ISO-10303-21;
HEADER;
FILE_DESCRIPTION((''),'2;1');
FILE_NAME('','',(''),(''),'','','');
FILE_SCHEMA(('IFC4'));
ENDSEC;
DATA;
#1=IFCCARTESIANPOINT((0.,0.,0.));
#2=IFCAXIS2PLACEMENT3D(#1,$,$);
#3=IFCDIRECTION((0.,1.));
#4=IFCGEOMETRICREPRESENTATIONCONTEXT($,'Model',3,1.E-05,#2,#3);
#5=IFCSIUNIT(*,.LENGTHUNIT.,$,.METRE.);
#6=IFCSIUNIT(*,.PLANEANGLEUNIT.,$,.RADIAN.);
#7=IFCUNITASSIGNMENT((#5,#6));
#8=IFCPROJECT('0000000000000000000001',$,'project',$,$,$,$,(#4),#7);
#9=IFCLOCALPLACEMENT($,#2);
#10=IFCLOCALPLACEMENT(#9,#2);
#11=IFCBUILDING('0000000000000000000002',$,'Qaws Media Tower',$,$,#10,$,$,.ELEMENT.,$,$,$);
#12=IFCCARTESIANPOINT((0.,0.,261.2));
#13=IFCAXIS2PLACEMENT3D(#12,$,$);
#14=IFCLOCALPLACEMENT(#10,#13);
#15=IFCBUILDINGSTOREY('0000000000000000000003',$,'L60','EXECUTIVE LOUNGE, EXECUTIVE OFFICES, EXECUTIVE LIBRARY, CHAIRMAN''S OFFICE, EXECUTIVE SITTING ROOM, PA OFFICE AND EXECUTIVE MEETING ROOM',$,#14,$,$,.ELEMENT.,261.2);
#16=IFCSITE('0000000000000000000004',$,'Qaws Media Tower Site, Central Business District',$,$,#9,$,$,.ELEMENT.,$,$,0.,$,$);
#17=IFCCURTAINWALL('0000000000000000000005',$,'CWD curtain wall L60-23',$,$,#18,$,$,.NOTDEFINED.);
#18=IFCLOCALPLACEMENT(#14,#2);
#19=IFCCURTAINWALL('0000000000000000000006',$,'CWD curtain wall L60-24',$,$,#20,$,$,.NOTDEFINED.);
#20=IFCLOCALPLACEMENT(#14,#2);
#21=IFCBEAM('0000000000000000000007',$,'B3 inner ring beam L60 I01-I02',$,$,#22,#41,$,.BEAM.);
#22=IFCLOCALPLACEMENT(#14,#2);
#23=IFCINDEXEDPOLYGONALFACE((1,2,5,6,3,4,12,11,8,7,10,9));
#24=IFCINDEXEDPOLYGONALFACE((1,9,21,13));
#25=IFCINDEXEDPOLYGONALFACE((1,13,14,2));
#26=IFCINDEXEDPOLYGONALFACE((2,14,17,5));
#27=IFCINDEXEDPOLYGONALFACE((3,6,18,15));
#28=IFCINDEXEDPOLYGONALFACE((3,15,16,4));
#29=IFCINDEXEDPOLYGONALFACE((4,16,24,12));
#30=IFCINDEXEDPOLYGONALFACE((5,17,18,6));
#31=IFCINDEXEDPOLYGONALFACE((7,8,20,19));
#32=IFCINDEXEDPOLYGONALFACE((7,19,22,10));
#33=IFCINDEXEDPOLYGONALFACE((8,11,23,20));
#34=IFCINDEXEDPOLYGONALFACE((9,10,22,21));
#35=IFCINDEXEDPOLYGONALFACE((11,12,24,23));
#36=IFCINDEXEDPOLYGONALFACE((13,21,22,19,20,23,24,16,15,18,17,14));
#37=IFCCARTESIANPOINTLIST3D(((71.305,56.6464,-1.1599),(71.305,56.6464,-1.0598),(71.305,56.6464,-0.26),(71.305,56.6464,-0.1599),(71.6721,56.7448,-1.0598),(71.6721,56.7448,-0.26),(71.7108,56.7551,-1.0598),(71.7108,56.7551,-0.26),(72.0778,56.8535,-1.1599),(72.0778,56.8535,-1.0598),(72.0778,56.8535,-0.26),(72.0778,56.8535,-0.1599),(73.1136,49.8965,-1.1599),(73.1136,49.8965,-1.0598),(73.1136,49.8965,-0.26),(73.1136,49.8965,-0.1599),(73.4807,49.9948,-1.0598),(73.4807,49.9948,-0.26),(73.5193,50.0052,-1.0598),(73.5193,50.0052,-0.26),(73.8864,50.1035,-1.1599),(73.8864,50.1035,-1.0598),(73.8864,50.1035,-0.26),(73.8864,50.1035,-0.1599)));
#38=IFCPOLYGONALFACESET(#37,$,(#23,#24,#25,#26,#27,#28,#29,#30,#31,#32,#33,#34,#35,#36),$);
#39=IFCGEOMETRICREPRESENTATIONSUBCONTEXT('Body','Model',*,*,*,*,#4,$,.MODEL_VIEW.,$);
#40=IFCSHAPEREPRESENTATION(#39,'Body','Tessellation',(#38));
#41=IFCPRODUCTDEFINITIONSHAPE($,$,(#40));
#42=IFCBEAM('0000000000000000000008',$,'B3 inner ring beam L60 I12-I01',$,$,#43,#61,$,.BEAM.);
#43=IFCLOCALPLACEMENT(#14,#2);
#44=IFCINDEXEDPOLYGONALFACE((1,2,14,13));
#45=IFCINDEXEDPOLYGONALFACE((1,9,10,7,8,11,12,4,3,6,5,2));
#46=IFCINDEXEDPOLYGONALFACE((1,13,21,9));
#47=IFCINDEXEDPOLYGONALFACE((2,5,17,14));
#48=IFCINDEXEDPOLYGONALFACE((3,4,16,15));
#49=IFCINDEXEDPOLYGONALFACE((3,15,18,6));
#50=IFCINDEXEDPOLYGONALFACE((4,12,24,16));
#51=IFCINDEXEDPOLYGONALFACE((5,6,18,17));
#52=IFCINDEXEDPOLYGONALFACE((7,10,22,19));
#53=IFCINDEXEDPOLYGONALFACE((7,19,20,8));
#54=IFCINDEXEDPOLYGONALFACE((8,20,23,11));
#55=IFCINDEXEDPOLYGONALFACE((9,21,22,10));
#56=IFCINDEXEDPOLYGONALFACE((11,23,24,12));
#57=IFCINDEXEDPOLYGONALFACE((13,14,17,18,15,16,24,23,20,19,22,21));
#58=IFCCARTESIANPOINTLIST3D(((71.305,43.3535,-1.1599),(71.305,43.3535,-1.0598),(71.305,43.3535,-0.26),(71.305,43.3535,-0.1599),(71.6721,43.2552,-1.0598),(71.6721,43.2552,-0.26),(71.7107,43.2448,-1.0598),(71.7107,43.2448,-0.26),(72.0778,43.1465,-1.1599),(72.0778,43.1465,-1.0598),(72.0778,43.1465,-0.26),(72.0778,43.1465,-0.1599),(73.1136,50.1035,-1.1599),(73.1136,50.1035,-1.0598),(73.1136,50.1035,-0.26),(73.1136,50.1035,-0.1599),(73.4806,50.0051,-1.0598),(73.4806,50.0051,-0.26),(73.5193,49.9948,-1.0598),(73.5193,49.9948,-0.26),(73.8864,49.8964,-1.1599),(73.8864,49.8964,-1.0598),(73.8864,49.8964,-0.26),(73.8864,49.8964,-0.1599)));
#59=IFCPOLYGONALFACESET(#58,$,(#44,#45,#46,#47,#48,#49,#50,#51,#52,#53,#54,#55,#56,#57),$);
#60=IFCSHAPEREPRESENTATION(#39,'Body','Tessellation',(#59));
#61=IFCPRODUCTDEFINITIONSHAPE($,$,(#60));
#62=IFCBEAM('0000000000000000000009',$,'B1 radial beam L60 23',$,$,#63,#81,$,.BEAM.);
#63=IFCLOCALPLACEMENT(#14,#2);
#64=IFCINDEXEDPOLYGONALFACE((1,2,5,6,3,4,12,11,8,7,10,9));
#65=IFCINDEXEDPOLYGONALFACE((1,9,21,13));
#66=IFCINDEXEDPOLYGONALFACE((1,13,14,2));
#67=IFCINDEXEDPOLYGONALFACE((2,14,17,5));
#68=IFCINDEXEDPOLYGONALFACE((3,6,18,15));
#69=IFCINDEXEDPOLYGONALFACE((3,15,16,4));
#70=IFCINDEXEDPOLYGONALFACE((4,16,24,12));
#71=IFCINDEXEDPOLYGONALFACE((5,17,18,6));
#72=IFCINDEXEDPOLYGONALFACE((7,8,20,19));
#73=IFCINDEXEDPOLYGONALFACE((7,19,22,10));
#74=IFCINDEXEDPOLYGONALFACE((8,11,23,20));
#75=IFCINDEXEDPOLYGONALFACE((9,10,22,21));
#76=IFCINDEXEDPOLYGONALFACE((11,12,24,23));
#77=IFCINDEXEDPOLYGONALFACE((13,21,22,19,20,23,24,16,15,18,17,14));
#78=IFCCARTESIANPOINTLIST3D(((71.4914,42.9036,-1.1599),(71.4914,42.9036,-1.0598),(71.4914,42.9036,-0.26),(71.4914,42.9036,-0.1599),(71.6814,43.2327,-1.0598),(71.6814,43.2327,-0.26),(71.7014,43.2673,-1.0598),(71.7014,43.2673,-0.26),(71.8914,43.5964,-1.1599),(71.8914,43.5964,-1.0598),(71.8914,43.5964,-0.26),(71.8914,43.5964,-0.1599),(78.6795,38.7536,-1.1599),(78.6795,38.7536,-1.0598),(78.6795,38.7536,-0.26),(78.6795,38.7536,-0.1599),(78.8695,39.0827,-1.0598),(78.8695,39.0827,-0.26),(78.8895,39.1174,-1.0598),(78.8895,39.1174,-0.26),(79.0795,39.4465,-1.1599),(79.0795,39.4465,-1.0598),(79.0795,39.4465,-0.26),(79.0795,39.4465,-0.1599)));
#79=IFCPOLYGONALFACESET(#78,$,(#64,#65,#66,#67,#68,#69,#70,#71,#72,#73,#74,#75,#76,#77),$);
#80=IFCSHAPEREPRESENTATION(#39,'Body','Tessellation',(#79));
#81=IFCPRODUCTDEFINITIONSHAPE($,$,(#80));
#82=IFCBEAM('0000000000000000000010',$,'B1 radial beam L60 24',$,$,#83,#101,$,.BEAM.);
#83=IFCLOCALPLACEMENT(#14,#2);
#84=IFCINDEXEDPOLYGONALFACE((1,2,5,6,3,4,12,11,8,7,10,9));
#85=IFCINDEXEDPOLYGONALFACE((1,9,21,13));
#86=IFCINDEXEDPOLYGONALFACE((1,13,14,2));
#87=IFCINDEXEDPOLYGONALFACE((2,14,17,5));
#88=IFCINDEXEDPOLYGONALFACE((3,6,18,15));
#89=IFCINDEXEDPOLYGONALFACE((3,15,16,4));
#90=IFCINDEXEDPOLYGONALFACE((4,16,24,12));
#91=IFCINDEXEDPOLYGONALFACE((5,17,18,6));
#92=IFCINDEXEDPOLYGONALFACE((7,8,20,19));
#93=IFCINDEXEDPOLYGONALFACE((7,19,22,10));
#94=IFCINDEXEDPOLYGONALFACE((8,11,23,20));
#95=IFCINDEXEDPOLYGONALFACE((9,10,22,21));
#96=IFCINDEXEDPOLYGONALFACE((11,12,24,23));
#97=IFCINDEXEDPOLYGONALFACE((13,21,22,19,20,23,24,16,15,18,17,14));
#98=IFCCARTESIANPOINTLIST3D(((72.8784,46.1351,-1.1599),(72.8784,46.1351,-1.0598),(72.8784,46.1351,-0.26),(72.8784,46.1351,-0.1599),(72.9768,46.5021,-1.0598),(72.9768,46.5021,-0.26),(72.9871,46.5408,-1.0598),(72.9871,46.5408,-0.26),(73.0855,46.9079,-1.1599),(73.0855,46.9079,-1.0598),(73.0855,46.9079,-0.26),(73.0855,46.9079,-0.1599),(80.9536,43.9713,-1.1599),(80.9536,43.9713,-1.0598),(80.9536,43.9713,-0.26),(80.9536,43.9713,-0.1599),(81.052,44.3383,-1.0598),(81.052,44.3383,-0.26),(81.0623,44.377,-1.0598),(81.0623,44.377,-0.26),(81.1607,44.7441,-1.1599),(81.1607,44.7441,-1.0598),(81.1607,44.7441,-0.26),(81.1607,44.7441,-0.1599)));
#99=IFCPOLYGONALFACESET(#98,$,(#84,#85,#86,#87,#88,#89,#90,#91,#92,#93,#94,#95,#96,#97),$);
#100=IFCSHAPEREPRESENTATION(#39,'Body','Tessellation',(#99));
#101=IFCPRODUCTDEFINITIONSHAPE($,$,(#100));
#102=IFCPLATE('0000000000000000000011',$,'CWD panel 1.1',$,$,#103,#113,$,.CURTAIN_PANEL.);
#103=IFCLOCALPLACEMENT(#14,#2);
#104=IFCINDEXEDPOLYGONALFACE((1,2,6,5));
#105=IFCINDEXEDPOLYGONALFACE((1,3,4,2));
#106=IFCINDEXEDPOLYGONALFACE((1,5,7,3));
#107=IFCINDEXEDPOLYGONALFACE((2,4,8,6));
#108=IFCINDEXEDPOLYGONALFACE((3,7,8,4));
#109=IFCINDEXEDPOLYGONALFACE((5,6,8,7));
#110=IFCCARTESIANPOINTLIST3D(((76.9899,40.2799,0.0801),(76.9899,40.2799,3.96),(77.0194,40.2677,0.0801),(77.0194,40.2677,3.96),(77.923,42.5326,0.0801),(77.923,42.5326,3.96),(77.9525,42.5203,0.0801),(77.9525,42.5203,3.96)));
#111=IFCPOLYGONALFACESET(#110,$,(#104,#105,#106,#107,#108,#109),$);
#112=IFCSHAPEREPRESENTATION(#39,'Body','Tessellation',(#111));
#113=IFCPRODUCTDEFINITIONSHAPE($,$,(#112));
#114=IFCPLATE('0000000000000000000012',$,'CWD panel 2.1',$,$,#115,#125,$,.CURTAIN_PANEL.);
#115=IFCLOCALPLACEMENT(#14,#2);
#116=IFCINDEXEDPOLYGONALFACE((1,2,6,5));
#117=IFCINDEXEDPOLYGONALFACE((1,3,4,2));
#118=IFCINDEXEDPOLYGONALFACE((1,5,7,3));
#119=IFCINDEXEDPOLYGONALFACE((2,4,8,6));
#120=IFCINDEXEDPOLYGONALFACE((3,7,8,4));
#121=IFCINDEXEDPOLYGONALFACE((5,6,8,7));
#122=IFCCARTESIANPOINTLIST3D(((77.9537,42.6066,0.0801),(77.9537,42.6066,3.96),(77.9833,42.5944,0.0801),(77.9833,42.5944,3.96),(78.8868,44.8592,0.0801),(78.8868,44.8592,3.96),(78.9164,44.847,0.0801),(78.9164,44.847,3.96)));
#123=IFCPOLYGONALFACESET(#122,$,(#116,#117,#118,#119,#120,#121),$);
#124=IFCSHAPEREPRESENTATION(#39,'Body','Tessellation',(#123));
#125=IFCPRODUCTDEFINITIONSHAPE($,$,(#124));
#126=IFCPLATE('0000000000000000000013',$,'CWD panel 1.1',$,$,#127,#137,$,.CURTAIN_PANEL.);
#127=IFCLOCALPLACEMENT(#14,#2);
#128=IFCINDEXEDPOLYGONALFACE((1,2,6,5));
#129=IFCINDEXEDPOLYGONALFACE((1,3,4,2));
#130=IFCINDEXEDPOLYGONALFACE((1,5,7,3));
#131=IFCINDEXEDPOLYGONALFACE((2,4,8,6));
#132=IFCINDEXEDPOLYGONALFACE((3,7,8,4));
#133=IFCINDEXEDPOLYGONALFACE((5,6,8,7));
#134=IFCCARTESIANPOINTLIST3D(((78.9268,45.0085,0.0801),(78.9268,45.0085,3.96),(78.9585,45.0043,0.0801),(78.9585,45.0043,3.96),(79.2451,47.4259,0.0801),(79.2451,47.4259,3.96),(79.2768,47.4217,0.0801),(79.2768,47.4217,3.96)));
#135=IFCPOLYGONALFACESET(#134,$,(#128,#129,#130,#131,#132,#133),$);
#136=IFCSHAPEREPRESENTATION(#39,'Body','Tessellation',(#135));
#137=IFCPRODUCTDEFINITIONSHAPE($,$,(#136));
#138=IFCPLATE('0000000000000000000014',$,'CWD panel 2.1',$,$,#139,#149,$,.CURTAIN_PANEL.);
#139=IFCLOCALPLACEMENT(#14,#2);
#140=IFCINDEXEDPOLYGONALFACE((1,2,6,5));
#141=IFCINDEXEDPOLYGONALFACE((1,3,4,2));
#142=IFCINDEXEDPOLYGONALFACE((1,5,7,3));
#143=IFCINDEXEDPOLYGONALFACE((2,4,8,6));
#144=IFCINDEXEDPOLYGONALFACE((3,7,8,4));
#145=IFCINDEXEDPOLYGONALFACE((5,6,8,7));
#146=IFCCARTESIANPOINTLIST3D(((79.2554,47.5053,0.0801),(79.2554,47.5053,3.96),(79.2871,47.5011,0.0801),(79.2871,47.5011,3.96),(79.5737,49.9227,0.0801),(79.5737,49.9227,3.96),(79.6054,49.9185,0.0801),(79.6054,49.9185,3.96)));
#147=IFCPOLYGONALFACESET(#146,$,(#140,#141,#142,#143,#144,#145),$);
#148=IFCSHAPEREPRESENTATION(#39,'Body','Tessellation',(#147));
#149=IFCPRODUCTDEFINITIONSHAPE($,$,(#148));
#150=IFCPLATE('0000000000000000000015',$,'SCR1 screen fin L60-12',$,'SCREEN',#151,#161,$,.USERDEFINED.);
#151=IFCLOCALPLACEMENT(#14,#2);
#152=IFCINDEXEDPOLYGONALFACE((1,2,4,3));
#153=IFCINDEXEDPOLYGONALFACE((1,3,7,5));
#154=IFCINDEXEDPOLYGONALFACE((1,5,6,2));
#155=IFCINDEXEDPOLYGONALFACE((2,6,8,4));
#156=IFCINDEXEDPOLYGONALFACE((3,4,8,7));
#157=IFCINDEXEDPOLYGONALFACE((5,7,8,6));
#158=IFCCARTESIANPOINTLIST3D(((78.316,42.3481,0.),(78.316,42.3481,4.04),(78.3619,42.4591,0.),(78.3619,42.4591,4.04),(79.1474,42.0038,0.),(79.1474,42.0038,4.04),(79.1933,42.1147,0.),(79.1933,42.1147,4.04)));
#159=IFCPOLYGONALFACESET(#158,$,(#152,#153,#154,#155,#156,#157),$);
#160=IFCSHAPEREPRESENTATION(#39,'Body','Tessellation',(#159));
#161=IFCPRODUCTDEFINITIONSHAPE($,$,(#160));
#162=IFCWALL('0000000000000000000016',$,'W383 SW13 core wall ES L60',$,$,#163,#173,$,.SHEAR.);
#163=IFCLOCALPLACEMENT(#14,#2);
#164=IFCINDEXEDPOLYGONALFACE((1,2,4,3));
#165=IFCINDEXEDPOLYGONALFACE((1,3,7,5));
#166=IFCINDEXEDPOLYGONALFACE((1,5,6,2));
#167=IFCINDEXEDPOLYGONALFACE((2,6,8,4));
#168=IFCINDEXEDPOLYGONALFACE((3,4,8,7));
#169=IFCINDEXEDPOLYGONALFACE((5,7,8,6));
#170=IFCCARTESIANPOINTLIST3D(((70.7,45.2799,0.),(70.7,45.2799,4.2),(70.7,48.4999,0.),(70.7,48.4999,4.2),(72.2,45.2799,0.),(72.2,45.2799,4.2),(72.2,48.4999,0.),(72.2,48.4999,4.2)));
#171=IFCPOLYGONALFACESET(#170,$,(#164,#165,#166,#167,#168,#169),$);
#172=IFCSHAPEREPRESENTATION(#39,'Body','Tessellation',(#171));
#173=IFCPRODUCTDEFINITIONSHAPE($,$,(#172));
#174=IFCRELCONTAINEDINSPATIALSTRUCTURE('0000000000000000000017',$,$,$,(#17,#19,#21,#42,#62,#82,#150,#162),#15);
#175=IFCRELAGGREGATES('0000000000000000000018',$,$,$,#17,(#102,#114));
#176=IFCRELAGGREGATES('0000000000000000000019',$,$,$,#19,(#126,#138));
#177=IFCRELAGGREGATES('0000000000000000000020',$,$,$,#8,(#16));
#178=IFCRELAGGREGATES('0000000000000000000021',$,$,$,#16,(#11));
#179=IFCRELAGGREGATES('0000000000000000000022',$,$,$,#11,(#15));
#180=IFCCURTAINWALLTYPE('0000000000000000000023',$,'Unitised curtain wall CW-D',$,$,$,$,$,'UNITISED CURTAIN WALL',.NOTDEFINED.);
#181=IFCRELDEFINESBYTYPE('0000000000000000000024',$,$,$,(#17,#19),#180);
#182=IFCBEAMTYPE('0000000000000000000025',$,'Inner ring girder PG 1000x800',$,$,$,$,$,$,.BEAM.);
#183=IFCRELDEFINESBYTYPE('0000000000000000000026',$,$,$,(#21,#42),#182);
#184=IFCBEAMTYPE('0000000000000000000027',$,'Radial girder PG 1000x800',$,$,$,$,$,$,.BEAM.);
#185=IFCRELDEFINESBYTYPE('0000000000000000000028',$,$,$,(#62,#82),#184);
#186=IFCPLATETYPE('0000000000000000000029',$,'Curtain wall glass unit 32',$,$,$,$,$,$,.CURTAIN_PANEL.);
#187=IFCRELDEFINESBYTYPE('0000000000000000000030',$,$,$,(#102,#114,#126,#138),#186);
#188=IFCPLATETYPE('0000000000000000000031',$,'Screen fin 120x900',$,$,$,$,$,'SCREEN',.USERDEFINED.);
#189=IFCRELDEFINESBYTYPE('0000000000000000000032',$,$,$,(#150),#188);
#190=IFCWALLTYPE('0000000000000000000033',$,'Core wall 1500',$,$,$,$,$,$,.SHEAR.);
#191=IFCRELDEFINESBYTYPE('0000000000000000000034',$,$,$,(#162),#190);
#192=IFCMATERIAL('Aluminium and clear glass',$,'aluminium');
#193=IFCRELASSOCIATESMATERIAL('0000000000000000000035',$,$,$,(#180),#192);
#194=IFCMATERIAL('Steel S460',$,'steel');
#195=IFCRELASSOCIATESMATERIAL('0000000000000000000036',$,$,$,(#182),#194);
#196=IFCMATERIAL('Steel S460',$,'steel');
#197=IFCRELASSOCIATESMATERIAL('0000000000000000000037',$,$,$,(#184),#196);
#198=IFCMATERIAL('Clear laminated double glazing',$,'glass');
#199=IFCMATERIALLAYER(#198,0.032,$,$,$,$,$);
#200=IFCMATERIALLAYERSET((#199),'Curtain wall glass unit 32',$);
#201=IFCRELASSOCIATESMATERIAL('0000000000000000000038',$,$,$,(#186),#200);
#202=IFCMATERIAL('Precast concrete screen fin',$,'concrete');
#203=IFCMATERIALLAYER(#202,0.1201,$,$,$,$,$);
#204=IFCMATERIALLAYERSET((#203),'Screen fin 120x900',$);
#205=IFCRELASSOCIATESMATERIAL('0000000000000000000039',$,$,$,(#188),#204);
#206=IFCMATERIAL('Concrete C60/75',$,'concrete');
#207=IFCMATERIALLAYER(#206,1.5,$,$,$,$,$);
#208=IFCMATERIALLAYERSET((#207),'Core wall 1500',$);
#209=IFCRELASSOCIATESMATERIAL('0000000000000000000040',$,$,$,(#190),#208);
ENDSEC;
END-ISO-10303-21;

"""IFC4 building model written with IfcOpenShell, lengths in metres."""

from ifc_helpers import new_model, si_unit, direction, frame, frame_2d, origin, origin_2d, place, context, subcontext, project, spatial, rectangle, i_section, extrude, material, layer, layer_set, material_profile, profile_set, type_object, element, aggregate, save


model = new_model("IFC4")

# Units and contexts
model_context = context("Model", 3, precision=1e-05, world=origin(), true_north=direction((0.0, 1.0)))
body_context = subcontext(model_context, "Body", "Model", "MODEL_VIEW")
ifc_project = project(units=[si_unit("LENGTHUNIT", "METRE"), si_unit("PLANEANGLEUNIT", "RADIAN")], contexts=[model_context])

# Site, building, storey
site_placement = place(None, origin())
site = spatial("IfcSite", under=ifc_project, at=site_placement, Name="Qaws Media Tower Site, Central Business District", CompositionType="ELEMENT", RefElevation=0.0)
building_placement = place(site_placement, origin())
building = spatial("IfcBuilding", under=site, at=building_placement, Name="Qaws Media Tower", CompositionType="ELEMENT")
storey_placement = place(building_placement, frame((0.0, 0.0, 261.2)))
storey = spatial("IfcBuildingStorey", under=building, at=storey_placement, Name="L60", Description="EXECUTIVE LOUNGE, EXECUTIVE OFFICES, EXECUTIVE LIBRARY, CHAIRMAN'S OFFICE, EXECUTIVE SITTING ROOM, PA OFFICE AND EXECUTIVE MEETING ROOM", CompositionType="ELEMENT", Elevation=261.2)

# Curtain walls
ifc_material_1 = material(Name="Aluminium and clear glass", Category="aluminium")
curtain_wall_type = type_object("IfcCurtainWallType", Name="Unitised curtain wall CW-D", ElementType="UNITISED CURTAIN WALL", PredefinedType="NOTDEFINED", material=ifc_material_1)
curtain_wall_1_placement = place(storey_placement, origin())
curtain_wall_1 = element("IfcCurtainWall", 1, at=curtain_wall_1_placement, inside=storey, type_object=curtain_wall_type, Name="CWD curtain wall L60-23", PredefinedType="NOTDEFINED")
curtain_wall_2_placement = place(storey_placement, origin())
curtain_wall_2 = element("IfcCurtainWall", 2, at=curtain_wall_2_placement, inside=storey, type_object=curtain_wall_type, Name="CWD curtain wall L60-24", PredefinedType="NOTDEFINED")

# Beams
ifc_material_2 = material(Name="Steel S460", Category="steel")
ifc_material_profile_1 = material_profile(ifc_material_2, i_section(OverallWidth=0.8, OverallDepth=1.0, WebThickness=0.04, FlangeThickness=0.1001, at=origin_2d()), Name="PG 1000x800")
ifc_profile_set_1 = profile_set([ifc_material_profile_1], Name="Steel S460")
beam_type_1 = type_object("IfcBeamType", Name="Inner ring girder PG 1000x800", PredefinedType="BEAM", material=ifc_profile_set_1)
for number, where, z_axis, x_axis, name in (
    (3, (73.5, 50.0, -0.6599), (-0.258811, 0.965928, 0.0), (-0.965928, -0.258811, 0.0), "B3 inner ring beam L60 I01-I02"),
    (4, (71.6914, 43.25, -0.6599), (0.258811, 0.965928, 0.0), (-0.965928, 0.258811, 0.0), "B3 inner ring beam L60 I12-I01"),
):
    element("IfcBeam", number, at=place(storey_placement, frame(where, z_axis=z_axis, x_axis=x_axis)), inside=storey, type_object=beam_type_1, Name=name, PredefinedType="BEAM", context=body_context, shape_type="SweptSolid", body=[
        extrude(i_section(OverallWidth=0.8, OverallDepth=1.0, WebThickness=0.04, FlangeThickness=0.1001, at=origin_2d()), origin(), (0.0, 0.0, 1.0), 6.988),
    ])
ifc_material_3 = material(Name="Steel S460", Category="steel")
ifc_material_profile_2 = material_profile(ifc_material_3, i_section(OverallWidth=0.8, OverallDepth=1.0, WebThickness=0.04, FlangeThickness=0.1001, at=origin_2d()), Name="PG 1000x800")
ifc_profile_set_2 = profile_set([ifc_material_profile_2], Name="Steel S460")
beam_type_2 = type_object("IfcBeamType", Name="Radial girder PG 1000x800", PredefinedType="BEAM", material=ifc_profile_set_2)
beam_1_placement = place(storey_placement, frame((71.6914, 43.25, -0.6599), z_axis=(0.86603, -0.499992, 0.0), x_axis=(0.499992, 0.86603, 0.0)))
element("IfcBeam", 5, at=beam_1_placement, inside=storey, type_object=beam_type_2, Name="B1 radial beam L60 23", PredefinedType="BEAM", context=body_context, shape_type="SweptSolid", body=[
    extrude(i_section(OverallWidth=0.8, OverallDepth=1.0, WebThickness=0.04, FlangeThickness=0.1001, at=origin_2d()), origin(), (0.0, 0.0, 1.0), 8.3),
])
beam_2_placement = place(storey_placement, frame((72.9819, 46.5215, -0.6599), z_axis=(0.965924, -0.258828, 0.0), x_axis=(0.258828, 0.965924, 0.0)))
element("IfcBeam", 6, at=beam_2_placement, inside=storey, type_object=beam_type_2, Name="B1 radial beam L60 24", PredefinedType="BEAM", context=body_context, shape_type="SweptSolid", body=[
    extrude(i_section(OverallWidth=0.8, OverallDepth=1.0, WebThickness=0.04, FlangeThickness=0.1001, at=origin_2d()), origin(), (0.0, 0.0, 1.0), 8.3601),
])

# Plates
ifc_material_4 = material(Name="Clear laminated double glazing", Category="glass")
ifc_layer_1 = layer(ifc_material_4, 0.032)
ifc_layer_set_1 = layer_set([ifc_layer_1], Name="Curtain wall glass unit 32")
plate_type_1 = type_object("IfcPlateType", Name="Curtain wall glass unit 32", PredefinedType="CURTAIN_PANEL", material=ifc_layer_set_1)
plate_1_placement = place(storey_placement, frame((77.4712, 41.4001, 0.0801), z_axis=(0.0, 0.0, 1.0), x_axis=(0.382683, 0.92388, 0.0)))
plate_1 = element("IfcPlate", 7, at=plate_1_placement, type_object=plate_type_1, Name="CWD panel 1.1", PredefinedType="CURTAIN_PANEL", context=body_context, shape_type="SweptSolid", body=[
    extrude(rectangle(XDim=2.4382, YDim=0.032, at=origin_2d()), origin(), (0.0, 0.0, 1.0), 3.8799),
])
plate_2_placement = place(storey_placement, frame((78.4351, 43.7268, 0.0801), z_axis=(0.0, 0.0, 1.0), x_axis=(0.382683, 0.92388, 0.0)))
plate_2 = element("IfcPlate", 8, at=plate_2_placement, type_object=plate_type_1, Name="CWD panel 2.1", PredefinedType="CURTAIN_PANEL", context=body_context, shape_type="SweptSolid", body=[
    extrude(rectangle(XDim=2.4382, YDim=0.032, at=origin_2d()), origin(), (0.0, 0.0, 1.0), 3.8799),
])
aggregate(curtain_wall_1, [plate_1, plate_2])
plate_3_placement = place(storey_placement, frame((79.1018, 46.2151, 0.0801), z_axis=(0.0, 0.0, 1.0), x_axis=(0.130526, 0.991445, 0.0)))
plate_3 = element("IfcPlate", 9, at=plate_3_placement, type_object=plate_type_1, Name="CWD panel 1.1", PredefinedType="CURTAIN_PANEL", context=body_context, shape_type="SweptSolid", body=[
    extrude(rectangle(XDim=2.4382, YDim=0.032, at=origin_2d()), origin(), (0.0, 0.0, 1.0), 3.8799),
])
plate_4_placement = place(storey_placement, frame((79.4304, 48.7119, 0.0801), z_axis=(0.0, 0.0, 1.0), x_axis=(0.130526, 0.991445, 0.0)))
plate_4 = element("IfcPlate", 10, at=plate_4_placement, type_object=plate_type_1, Name="CWD panel 2.1", PredefinedType="CURTAIN_PANEL", context=body_context, shape_type="SweptSolid", body=[
    extrude(rectangle(XDim=2.4382, YDim=0.032, at=origin_2d()), origin(), (0.0, 0.0, 1.0), 3.8799),
])
aggregate(curtain_wall_2, [plate_3, plate_4])
ifc_material_5 = material(Name="Precast concrete screen fin", Category="concrete")
ifc_layer_2 = layer(ifc_material_5, 0.1201)
ifc_layer_set_2 = layer_set([ifc_layer_2], Name="Screen fin 120x900")
plate_type_2 = type_object("IfcPlateType", Name="Screen fin 120x900", ElementType="SCREEN", PredefinedType="USERDEFINED", material=ifc_layer_set_2)
plate_5_placement = place(storey_placement, frame((78.7546, 42.2314, 0.0), z_axis=(0.0, 0.0, 1.0), x_axis=(0.92388, -0.382683, 0.0)))
element("IfcPlate", 11, at=plate_5_placement, inside=storey, type_object=plate_type_2, Name="SCR1 screen fin L60-12", ObjectType="SCREEN", PredefinedType="USERDEFINED", context=body_context, shape_type="SweptSolid", body=[
    extrude(rectangle(XDim=0.8999, YDim=0.1201, at=origin_2d()), origin(), (0.0, 0.0, 1.0), 4.04),
])

# Wall
ifc_material_6 = material(Name="Concrete C60/75", Category="concrete")
ifc_layer_3 = layer(ifc_material_6, 1.5)
ifc_layer_set_3 = layer_set([ifc_layer_3], Name="Core wall 1500")
wall_type_1 = type_object("IfcWallType", Name="Core wall 1500", PredefinedType="SHEAR", material=ifc_layer_set_3)
wall_1_placement = place(storey_placement, frame((71.45, 45.28, 0.0), z_axis=(0.0, 0.0, 1.0), x_axis=(0.0, 1.0, 0.0)))
element("IfcWall", 12, at=wall_1_placement, inside=storey, type_object=wall_type_1, Name="W383 SW13 core wall ES L60", PredefinedType="SHEAR", context=body_context, shape_type="SweptSolid", body=[
    extrude(rectangle(XDim=3.22, YDim=1.5, at=frame_2d((1.6099, 0.0))), origin(), (0.0, 0.0, 1.0), 4.2),
])

save(model, "model.ifc")
